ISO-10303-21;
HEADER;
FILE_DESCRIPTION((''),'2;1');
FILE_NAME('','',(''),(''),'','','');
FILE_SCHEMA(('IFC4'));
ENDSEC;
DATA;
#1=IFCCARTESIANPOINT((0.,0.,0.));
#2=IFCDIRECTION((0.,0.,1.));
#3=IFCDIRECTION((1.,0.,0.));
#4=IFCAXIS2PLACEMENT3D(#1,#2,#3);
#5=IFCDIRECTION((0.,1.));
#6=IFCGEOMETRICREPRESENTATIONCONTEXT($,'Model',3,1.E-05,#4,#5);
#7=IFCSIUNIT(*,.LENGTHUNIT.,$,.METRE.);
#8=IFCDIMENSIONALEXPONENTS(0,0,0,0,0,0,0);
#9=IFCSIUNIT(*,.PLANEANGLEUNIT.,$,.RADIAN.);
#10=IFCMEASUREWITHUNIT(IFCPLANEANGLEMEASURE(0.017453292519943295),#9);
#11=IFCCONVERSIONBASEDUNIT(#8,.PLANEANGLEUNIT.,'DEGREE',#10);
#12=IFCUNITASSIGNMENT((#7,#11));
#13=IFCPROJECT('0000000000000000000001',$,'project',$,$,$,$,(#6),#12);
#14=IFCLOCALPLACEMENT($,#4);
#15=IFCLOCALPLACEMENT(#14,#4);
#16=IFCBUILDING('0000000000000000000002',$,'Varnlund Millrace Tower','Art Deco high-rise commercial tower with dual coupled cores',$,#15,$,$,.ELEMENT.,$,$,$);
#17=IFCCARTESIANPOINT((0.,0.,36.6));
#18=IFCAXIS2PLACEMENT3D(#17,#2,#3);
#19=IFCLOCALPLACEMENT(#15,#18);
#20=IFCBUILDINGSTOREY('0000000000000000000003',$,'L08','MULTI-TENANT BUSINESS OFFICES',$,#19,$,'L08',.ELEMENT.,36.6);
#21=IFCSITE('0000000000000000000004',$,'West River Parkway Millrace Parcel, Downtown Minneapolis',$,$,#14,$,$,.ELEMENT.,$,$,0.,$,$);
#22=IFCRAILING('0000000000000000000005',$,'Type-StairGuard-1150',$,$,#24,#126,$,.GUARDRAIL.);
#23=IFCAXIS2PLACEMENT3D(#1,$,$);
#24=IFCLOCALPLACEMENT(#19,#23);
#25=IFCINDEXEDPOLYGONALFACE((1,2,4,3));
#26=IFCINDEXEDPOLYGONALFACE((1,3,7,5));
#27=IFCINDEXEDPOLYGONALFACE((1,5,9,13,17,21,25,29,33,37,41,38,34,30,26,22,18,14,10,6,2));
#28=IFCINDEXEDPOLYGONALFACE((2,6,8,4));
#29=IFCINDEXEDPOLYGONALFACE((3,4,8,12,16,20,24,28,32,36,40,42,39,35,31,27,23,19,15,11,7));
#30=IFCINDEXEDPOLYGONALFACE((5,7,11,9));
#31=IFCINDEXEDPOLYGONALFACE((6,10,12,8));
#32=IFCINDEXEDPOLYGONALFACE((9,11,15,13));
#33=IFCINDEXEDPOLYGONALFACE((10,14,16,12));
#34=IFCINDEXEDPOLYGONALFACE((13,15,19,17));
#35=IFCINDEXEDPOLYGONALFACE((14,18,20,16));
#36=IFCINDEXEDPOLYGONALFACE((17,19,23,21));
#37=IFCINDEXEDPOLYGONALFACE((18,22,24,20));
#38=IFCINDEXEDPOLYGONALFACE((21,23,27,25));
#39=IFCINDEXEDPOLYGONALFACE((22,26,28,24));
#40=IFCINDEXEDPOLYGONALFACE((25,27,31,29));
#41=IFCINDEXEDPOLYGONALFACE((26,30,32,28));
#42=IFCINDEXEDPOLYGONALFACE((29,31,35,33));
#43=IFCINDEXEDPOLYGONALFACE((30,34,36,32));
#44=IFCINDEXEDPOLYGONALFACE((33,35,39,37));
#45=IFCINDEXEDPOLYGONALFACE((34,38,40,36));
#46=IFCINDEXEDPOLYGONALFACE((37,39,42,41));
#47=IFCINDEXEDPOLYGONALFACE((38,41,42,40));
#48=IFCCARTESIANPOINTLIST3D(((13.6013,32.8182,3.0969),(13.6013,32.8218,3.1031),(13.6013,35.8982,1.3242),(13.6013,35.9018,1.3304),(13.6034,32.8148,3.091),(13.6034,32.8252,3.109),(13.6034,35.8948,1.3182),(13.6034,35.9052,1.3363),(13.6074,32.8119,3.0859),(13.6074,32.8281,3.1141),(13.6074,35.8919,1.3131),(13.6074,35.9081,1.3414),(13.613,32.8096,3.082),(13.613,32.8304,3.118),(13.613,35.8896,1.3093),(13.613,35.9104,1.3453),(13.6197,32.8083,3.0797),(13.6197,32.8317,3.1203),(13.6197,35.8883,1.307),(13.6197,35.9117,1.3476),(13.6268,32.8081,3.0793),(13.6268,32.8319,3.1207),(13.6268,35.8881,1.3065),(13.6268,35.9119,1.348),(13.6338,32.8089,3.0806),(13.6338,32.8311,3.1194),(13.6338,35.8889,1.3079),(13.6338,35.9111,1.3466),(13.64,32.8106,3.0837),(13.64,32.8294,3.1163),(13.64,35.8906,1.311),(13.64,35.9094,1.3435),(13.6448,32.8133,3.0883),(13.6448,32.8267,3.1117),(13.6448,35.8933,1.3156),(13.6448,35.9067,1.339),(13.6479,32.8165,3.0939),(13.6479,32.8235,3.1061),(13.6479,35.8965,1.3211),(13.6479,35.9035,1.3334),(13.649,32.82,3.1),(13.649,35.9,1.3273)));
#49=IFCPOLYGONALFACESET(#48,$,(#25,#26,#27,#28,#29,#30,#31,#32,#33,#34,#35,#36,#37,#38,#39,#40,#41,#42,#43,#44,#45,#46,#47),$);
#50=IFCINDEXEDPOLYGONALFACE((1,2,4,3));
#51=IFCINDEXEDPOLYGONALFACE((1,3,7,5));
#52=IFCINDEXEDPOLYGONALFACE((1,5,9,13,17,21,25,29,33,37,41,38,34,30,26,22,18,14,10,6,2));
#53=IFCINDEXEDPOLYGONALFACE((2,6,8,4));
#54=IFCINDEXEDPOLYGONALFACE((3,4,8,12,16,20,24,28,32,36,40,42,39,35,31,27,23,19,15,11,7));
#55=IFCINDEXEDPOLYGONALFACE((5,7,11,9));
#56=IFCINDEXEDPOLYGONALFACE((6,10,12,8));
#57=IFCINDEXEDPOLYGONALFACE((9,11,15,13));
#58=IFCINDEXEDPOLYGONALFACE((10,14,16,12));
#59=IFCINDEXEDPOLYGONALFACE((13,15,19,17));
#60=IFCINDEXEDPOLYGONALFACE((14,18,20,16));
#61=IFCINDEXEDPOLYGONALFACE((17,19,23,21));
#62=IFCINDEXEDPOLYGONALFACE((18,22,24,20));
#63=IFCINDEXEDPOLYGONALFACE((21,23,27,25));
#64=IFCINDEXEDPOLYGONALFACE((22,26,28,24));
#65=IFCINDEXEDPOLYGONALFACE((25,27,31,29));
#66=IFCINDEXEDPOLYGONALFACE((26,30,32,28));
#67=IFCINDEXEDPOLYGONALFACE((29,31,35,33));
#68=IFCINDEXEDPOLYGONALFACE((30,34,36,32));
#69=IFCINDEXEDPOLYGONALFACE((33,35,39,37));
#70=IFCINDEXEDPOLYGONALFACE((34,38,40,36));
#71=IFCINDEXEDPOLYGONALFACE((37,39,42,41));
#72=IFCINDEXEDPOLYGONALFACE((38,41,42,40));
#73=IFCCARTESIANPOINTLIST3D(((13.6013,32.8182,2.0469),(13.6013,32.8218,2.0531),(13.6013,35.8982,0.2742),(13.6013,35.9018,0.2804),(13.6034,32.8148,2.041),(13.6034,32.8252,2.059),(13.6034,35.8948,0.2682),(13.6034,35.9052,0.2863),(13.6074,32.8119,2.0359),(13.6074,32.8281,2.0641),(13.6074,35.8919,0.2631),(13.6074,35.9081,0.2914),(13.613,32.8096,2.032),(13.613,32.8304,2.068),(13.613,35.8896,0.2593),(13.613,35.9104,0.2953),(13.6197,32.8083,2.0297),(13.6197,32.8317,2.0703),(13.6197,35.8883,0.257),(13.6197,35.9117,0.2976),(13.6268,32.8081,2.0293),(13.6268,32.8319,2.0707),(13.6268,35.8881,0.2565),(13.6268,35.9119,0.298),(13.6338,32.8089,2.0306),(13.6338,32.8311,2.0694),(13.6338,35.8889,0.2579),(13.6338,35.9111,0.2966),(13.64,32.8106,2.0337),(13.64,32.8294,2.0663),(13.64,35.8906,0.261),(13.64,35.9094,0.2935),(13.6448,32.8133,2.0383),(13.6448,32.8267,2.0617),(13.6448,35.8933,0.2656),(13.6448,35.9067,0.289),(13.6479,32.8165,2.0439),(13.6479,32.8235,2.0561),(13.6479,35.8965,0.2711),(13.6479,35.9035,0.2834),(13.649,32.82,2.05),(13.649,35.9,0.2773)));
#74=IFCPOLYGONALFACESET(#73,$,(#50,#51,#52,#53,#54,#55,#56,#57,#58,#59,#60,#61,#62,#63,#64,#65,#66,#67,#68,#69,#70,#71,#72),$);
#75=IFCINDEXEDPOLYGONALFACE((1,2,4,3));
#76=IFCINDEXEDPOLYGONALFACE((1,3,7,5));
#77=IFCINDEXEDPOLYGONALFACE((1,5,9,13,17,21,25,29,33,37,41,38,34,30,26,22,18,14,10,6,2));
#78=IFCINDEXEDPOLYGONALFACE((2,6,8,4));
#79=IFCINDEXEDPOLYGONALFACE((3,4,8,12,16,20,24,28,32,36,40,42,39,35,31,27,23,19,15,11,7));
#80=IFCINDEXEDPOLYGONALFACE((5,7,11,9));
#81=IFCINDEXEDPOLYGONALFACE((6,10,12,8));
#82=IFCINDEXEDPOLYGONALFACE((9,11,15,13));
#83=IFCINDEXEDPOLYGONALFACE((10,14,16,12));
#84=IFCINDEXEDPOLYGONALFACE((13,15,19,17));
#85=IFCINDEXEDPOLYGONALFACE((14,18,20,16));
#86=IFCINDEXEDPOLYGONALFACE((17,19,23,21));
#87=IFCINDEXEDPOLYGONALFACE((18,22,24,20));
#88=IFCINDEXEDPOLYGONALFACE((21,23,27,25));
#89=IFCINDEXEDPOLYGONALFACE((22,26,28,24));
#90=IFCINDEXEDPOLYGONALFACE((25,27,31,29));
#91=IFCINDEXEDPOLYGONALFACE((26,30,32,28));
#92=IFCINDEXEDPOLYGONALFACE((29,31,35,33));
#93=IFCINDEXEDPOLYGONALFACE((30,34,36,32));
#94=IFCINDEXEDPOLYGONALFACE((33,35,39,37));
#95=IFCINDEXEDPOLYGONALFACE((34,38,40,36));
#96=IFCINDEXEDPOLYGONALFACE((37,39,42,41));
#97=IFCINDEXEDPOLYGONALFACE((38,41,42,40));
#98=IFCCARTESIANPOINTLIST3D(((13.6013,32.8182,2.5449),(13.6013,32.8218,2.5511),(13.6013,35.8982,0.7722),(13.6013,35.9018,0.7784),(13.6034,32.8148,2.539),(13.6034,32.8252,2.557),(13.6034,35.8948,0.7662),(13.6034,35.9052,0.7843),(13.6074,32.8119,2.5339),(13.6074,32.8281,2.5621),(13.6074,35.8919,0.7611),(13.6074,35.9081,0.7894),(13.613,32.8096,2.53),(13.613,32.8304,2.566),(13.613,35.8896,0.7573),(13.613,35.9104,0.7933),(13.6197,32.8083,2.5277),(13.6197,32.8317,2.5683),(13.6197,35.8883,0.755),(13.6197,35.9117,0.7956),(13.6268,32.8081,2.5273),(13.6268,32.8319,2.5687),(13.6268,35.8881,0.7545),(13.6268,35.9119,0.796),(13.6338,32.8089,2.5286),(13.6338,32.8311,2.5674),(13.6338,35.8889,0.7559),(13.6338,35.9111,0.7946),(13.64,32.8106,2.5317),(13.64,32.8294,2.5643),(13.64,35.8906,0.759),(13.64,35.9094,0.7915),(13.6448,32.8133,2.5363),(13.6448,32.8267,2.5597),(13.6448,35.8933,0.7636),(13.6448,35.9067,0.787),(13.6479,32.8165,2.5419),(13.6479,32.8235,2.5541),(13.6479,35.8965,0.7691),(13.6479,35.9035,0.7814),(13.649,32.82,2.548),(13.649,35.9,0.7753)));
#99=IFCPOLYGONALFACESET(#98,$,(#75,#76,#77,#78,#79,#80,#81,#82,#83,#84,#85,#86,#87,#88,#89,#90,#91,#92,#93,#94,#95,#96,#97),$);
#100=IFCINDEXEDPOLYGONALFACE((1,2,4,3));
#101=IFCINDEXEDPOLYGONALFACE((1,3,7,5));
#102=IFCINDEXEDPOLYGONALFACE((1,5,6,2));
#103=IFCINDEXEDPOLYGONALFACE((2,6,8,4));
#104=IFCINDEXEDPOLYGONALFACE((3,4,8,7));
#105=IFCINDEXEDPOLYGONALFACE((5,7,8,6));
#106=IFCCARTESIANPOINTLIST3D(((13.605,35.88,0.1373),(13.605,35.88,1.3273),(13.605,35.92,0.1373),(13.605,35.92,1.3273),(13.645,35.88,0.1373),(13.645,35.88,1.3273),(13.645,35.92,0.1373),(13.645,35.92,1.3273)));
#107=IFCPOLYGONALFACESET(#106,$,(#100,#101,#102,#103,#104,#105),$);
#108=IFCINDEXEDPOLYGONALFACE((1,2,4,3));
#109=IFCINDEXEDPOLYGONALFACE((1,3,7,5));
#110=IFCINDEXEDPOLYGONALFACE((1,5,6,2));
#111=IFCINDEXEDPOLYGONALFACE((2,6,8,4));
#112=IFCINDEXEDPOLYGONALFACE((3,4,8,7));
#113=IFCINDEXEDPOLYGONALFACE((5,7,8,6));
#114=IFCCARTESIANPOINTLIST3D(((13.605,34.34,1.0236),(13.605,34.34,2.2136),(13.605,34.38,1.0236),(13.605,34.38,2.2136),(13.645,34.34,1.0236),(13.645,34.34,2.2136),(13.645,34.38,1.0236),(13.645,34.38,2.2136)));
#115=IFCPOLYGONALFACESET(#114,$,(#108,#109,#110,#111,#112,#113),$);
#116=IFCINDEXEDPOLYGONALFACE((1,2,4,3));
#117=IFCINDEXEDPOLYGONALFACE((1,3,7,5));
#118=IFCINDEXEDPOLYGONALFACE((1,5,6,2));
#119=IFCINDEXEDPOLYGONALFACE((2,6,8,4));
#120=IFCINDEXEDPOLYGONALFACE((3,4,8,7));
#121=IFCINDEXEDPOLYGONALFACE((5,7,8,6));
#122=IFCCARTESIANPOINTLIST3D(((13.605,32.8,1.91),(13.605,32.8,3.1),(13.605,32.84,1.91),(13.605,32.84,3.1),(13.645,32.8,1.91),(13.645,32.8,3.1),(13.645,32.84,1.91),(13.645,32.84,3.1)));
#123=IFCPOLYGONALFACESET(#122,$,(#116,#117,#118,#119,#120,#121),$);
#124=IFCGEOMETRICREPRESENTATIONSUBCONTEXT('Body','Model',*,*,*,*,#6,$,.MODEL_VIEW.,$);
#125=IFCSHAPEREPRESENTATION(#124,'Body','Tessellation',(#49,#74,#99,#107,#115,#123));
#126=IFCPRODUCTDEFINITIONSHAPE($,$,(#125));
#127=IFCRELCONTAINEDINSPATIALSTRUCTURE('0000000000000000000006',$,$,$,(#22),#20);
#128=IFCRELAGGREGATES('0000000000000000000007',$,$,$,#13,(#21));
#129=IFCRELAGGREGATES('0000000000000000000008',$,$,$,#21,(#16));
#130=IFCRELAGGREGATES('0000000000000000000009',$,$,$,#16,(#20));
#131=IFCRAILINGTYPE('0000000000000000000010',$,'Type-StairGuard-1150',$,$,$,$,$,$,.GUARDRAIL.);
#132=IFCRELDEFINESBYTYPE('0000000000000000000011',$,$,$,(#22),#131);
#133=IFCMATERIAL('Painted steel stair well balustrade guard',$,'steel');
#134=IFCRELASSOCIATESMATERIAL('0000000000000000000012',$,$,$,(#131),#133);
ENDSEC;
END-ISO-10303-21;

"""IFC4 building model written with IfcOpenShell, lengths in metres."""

from ifc_helpers import new_model, entity, si_unit, converted_unit, direction, frame, origin_with_axes, origin_2d_with_axis, place, context, subcontext, project, spatial, rectangle, circle, extrude, material, type_object, element, save


model = new_model("IFC4")

# Units and contexts
model_context = context("Model", 3, precision=1e-05, world=origin_with_axes(), true_north=direction((0.0, 1.0)))
body_context = subcontext(model_context, "Body", "Model", "MODEL_VIEW")
ifc_project = project(units=[si_unit("LENGTHUNIT", "METRE"), converted_unit("PLANEANGLEUNIT", "DEGREE", entity("IfcPlaneAngleMeasure", 0.017453292519943295), si_unit("PLANEANGLEUNIT", "RADIAN"), dimensions=[0, 0, 0, 0, 0, 0, 0])], contexts=[model_context])

# Site, building, storey
site_placement = place(None, origin_with_axes())
site = spatial("IfcSite", under=ifc_project, at=site_placement, Name="West River Parkway Millrace Parcel, Downtown Minneapolis", CompositionType="ELEMENT", RefElevation=0.0)
building_placement = place(site_placement, origin_with_axes())
building = spatial("IfcBuilding", under=site, at=building_placement, Name="Varnlund Millrace Tower", Description="Art Deco high-rise commercial tower with dual coupled cores", CompositionType="ELEMENT")
storey_placement = place(building_placement, frame((0.0, 0.0, 36.6), z_axis=(0.0, 0.0, 1.0), x_axis=(1.0, 0.0, 0.0)))
storey = spatial("IfcBuildingStorey", under=building, at=storey_placement, Name="L08", Description="MULTI-TENANT BUSINESS OFFICES", LongName="L08", CompositionType="ELEMENT", Elevation=36.6)

# Railing
ifc_material_1 = material(Name="Painted steel stair well balustrade guard", Category="steel")
railing_type_1 = type_object("IfcRailingType", Name="Type-StairGuard-1150", PredefinedType="GUARDRAIL", material=ifc_material_1)
railing_1_placement = place(storey_placement, frame((0.0, 0.0, -36.6), z_axis=(0.0, 0.0, 1.0), x_axis=(1.0, 0.0, 0.0)))
element("IfcRailing", 1, at=railing_1_placement, inside=storey, type_object=railing_type_1, Name="Type-StairGuard-1150", PredefinedType="GUARDRAIL", context=body_context, shape_type="SweptSolid", body=[
    extrude(circle(Radius=0.024, at=origin_2d_with_axis()), frame((13.625, 35.9, 37.9273), z_axis=(0.0, -0.866696, 0.498836), x_axis=(1.0, 0.0, 0.0)), (0.0, 0.0, 1.0), 3.5537),
    extrude(circle(Radius=0.024, at=origin_2d_with_axis()), frame((13.625, 35.9, 36.8773), z_axis=(0.0, -0.866696, 0.498836), x_axis=(1.0, 0.0, 0.0)), (0.0, 0.0, 1.0), 3.5537),
    extrude(circle(Radius=0.024, at=origin_2d_with_axis()), frame((13.625, 35.9, 37.3753), z_axis=(0.0, -0.866696, 0.498836), x_axis=(1.0, 0.0, 0.0)), (0.0, 0.0, 1.0), 3.5537),
    extrude(rectangle(XDim=0.04, YDim=0.04, at=origin_2d_with_axis()), frame((13.625, 35.9, 36.7373), z_axis=(0.0, 0.0, 1.0), x_axis=(1.0, 0.0, 0.0)), (0.0, 0.0, 1.0), 1.19),
    extrude(rectangle(XDim=0.04, YDim=0.04, at=origin_2d_with_axis()), frame((13.625, 34.36, 37.6236), z_axis=(0.0, 0.0, 1.0), x_axis=(1.0, 0.0, 0.0)), (0.0, 0.0, 1.0), 1.19),
    extrude(rectangle(XDim=0.04, YDim=0.04, at=origin_2d_with_axis()), frame((13.625, 32.82, 38.51), z_axis=(0.0, 0.0, 1.0), x_axis=(1.0, 0.0, 0.0)), (0.0, 0.0, 1.0), 1.19),
])

save(model, "model.ifc")
